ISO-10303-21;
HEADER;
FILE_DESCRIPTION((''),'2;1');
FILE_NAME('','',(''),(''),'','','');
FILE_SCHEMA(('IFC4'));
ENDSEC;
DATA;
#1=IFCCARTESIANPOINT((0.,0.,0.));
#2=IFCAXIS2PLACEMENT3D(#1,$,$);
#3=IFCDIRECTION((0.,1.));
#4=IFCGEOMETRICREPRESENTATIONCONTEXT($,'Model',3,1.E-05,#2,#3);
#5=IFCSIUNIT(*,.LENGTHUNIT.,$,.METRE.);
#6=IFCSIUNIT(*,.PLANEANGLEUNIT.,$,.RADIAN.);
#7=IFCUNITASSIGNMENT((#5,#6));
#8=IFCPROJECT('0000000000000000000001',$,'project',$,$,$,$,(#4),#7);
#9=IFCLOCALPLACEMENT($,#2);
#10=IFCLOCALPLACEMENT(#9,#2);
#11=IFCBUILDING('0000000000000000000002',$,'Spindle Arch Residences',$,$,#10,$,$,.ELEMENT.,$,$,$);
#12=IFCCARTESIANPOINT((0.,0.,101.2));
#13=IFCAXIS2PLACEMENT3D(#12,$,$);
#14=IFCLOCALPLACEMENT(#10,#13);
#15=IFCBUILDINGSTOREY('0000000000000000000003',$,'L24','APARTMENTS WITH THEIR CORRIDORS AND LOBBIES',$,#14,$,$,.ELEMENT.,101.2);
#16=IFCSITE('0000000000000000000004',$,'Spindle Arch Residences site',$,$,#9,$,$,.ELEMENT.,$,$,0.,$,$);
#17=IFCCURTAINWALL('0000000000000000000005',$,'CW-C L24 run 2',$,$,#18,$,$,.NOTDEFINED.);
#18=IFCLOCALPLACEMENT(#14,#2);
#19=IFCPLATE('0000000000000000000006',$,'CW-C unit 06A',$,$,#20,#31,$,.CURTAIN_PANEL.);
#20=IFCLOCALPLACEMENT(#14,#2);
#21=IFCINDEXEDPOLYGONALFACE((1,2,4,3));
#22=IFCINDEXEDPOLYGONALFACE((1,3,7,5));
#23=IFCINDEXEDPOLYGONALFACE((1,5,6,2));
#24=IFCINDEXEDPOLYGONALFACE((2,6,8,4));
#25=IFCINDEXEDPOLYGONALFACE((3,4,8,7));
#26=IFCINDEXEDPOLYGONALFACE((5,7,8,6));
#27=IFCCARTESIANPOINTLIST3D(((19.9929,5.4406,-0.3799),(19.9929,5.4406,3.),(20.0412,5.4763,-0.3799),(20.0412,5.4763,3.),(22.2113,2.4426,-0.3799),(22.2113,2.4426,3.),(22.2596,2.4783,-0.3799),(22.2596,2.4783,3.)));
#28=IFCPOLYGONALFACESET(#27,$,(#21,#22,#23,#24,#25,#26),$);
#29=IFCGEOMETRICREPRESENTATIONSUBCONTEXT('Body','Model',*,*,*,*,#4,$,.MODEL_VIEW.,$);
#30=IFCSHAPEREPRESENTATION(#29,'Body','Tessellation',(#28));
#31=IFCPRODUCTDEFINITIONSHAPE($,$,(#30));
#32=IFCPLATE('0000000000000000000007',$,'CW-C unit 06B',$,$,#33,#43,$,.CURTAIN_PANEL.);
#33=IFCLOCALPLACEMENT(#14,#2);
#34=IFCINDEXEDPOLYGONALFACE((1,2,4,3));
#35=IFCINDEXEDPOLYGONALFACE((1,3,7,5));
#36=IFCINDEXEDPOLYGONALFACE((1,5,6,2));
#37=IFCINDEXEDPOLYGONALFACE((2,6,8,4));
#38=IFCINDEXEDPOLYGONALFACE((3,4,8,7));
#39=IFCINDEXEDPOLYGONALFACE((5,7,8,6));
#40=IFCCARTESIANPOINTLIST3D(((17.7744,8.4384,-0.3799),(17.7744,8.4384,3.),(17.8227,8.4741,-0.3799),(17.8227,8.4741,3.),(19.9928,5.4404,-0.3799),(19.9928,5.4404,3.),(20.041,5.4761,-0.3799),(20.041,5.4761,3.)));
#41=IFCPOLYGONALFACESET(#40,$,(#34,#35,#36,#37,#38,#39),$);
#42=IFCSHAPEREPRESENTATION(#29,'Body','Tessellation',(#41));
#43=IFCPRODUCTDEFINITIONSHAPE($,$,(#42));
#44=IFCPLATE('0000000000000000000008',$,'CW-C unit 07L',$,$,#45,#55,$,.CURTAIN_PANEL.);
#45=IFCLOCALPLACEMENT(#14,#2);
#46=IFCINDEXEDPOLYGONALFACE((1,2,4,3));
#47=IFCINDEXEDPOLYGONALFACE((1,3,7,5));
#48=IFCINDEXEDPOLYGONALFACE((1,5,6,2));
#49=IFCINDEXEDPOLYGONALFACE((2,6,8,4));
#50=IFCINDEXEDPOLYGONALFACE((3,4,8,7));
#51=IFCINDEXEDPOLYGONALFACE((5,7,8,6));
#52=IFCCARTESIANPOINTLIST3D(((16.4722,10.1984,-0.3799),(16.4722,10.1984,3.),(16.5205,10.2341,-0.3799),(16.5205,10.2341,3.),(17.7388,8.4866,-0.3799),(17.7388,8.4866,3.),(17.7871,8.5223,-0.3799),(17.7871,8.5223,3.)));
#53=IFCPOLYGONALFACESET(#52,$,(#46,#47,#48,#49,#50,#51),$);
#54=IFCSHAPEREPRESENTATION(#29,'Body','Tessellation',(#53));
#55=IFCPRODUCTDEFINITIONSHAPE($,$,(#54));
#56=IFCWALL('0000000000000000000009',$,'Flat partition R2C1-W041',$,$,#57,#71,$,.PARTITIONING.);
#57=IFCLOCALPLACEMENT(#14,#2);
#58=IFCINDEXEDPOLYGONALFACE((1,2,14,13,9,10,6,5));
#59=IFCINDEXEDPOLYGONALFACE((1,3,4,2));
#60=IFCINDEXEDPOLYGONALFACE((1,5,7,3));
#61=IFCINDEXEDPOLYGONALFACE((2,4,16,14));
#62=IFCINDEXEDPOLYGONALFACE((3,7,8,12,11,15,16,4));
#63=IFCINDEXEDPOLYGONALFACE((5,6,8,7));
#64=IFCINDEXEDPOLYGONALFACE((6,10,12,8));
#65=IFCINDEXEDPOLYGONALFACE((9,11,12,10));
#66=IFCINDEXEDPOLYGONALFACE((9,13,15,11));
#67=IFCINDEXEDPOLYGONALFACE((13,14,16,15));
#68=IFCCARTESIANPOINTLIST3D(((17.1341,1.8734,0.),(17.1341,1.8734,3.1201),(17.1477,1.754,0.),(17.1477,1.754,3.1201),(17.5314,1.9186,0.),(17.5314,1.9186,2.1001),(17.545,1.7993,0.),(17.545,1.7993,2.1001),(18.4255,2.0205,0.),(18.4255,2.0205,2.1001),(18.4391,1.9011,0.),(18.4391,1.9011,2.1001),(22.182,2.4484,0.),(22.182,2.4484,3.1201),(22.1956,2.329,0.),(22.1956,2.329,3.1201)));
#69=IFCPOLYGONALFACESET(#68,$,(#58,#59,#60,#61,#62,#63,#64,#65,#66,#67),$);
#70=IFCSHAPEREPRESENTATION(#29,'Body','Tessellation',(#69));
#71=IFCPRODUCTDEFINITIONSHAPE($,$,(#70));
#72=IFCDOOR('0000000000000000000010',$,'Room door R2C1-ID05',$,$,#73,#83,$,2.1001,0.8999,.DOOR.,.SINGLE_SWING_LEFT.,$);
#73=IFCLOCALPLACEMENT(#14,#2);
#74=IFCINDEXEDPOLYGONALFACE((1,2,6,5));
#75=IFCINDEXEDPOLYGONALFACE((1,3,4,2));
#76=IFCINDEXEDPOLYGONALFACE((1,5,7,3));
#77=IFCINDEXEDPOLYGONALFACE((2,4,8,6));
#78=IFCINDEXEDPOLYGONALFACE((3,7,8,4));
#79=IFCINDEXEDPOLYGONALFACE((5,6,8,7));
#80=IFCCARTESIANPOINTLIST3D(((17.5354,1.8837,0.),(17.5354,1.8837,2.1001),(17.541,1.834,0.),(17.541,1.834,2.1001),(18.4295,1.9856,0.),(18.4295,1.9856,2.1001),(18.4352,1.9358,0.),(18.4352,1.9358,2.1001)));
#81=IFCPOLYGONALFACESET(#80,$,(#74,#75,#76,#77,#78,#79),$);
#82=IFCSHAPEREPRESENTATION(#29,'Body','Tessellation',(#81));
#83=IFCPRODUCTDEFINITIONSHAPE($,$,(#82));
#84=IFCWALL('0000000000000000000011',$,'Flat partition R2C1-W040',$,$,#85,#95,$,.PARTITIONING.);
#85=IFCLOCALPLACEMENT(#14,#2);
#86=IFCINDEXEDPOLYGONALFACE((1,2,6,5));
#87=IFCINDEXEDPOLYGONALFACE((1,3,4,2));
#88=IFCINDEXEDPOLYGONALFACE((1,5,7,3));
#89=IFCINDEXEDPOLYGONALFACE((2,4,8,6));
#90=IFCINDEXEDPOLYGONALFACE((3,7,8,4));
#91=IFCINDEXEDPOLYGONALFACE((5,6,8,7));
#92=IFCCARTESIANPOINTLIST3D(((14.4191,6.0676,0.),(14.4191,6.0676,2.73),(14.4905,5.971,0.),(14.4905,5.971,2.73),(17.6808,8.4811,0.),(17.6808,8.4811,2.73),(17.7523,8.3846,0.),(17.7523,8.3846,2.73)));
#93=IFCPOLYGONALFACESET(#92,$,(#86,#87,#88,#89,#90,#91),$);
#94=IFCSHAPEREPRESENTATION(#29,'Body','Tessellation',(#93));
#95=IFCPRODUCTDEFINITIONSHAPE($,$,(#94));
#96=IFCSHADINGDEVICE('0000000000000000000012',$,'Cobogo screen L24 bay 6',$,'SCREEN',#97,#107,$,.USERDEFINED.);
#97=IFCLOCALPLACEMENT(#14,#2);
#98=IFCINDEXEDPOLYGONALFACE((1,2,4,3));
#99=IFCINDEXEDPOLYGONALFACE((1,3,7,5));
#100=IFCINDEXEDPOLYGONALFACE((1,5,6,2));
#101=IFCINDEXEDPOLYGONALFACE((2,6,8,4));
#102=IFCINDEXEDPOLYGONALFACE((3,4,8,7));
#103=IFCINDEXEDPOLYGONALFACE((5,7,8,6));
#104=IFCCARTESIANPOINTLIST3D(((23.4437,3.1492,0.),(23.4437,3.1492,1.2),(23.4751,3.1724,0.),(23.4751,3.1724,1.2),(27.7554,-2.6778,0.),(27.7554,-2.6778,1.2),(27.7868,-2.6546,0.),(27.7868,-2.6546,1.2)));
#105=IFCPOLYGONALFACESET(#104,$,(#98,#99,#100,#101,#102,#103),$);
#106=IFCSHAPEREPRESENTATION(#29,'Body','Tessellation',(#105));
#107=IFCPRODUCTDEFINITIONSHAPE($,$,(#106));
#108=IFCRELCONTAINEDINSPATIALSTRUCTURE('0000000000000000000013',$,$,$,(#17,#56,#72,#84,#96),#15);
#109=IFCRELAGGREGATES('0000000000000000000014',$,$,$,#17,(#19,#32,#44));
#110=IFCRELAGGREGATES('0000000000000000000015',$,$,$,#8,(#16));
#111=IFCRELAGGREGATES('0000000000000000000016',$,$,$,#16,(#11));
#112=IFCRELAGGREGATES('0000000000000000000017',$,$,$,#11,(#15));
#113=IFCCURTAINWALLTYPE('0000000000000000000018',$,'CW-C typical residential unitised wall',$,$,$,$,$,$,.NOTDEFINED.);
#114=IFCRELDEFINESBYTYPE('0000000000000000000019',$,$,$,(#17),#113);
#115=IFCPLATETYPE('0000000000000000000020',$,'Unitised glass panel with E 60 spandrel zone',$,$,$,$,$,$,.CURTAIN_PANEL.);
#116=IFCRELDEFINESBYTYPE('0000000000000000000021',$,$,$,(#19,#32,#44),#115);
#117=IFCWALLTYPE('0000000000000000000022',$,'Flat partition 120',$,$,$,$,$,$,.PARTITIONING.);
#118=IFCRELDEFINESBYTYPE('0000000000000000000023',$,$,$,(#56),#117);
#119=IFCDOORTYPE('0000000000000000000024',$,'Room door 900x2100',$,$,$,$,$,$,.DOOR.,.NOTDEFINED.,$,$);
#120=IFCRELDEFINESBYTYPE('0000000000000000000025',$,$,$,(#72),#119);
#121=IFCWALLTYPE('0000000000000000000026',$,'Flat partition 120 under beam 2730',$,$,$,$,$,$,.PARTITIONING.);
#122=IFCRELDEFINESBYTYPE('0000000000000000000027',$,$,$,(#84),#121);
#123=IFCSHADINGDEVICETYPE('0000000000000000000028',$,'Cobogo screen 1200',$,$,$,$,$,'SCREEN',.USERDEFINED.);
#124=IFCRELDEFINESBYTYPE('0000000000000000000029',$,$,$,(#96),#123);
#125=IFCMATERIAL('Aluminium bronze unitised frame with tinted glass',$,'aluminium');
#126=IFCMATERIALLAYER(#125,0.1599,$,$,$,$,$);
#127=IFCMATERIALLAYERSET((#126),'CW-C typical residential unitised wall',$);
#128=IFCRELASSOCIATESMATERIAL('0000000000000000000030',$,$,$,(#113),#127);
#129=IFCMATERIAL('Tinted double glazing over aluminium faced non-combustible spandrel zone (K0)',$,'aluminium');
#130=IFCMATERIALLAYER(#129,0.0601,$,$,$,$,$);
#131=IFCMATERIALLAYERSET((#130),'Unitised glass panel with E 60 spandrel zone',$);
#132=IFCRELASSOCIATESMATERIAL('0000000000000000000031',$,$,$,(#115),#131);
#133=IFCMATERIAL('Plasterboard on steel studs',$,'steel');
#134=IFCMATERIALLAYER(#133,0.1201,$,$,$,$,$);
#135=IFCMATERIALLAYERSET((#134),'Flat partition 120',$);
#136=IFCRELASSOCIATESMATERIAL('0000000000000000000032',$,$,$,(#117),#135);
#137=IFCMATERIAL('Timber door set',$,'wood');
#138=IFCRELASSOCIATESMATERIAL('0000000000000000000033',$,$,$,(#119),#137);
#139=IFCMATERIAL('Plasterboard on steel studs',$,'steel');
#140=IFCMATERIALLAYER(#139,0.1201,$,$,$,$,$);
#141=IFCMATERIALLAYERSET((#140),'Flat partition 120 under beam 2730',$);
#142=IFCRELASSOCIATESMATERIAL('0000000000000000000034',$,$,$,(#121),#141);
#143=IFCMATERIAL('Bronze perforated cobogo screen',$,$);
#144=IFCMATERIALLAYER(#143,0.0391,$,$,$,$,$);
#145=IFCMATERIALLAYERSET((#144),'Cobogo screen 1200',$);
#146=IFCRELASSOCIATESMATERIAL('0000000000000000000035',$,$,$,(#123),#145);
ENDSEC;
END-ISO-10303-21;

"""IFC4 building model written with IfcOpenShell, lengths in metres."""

from ifc_helpers import new_model, si_unit, direction, frame, frame_2d, origin, origin_2d, place, context, subcontext, project, spatial, rectangle, extrude, material, layer, layer_set, type_object, element, fill, aggregate, save


model = new_model("IFC4")

# Units and contexts
model_context = context("Model", 3, precision=1e-05, world=origin(), true_north=direction((0.0, 1.0)))
body_context = subcontext(model_context, "Body", "Model", "MODEL_VIEW")
ifc_project = project(units=[si_unit("LENGTHUNIT", "METRE"), si_unit("PLANEANGLEUNIT", "RADIAN")], contexts=[model_context])

# Site, building, storey
site_placement = place(None, origin())
site = spatial("IfcSite", under=ifc_project, at=site_placement, Name="Spindle Arch Residences site", CompositionType="ELEMENT", RefElevation=0.0)
building_placement = place(site_placement, origin())
building = spatial("IfcBuilding", under=site, at=building_placement, Name="Spindle Arch Residences", CompositionType="ELEMENT")
storey_placement = place(building_placement, frame((0.0, 0.0, 101.2)))
storey = spatial("IfcBuildingStorey", under=building, at=storey_placement, Name="L24", Description="APARTMENTS WITH THEIR CORRIDORS AND LOBBIES", CompositionType="ELEMENT", Elevation=101.2)

# Curtain wall
ifc_material_1 = material(Name="Aluminium bronze unitised frame with tinted glass", Category="aluminium")
ifc_layer_1 = layer(ifc_material_1, 0.1599)
ifc_layer_set_1 = layer_set([ifc_layer_1], Name="CW-C typical residential unitised wall")
curtain_wall_type = type_object("IfcCurtainWallType", Name="CW-C typical residential unitised wall", PredefinedType="NOTDEFINED", material=ifc_layer_set_1)
curtain_wall_placement = place(storey_placement, origin())
curtain_wall = element("IfcCurtainWall", 1, at=curtain_wall_placement, inside=storey, type_object=curtain_wall_type, Name="CW-C L24 run 2", PredefinedType="NOTDEFINED")

# Plates
ifc_material_2 = material(Name="Tinted double glazing over aluminium faced non-combustible spandrel zone (K0)", Category="aluminium")
ifc_layer_2 = layer(ifc_material_2, 0.0601)
ifc_layer_set_2 = layer_set([ifc_layer_2], Name="Unitised glass panel with E 60 spandrel zone")
plate_type = type_object("IfcPlateType", Name="Unitised glass panel with E 60 spandrel zone", PredefinedType="CURTAIN_PANEL", material=ifc_layer_set_2)
plate_1_placement = place(storey_placement, frame((21.1262, 3.9595, -0.3799), z_axis=(0.0, 0.0, 1.0), x_axis=(-0.594823, 0.803857, 0.0)))
plate_1 = element("IfcPlate", 2, at=plate_1_placement, type_object=plate_type, Name="CW-C unit 06A", PredefinedType="CURTAIN_PANEL", context=body_context, shape_type="SweptSolid", body=[
    extrude(rectangle(XDim=3.7295, YDim=0.0601, at=origin_2d()), origin(), (0.0, 0.0, 1.0), 3.3799),
])
plate_2_placement = place(storey_placement, frame((18.9077, 6.9573, -0.3799), z_axis=(0.0, 0.0, 1.0), x_axis=(-0.594823, 0.803857, 0.0)))
plate_2 = element("IfcPlate", 3, at=plate_2_placement, type_object=plate_type, Name="CW-C unit 06B", PredefinedType="CURTAIN_PANEL", context=body_context, shape_type="SweptSolid", body=[
    extrude(rectangle(XDim=3.7295, YDim=0.0601, at=origin_2d()), origin(), (0.0, 0.0, 1.0), 3.3799),
])
plate_3_placement = place(storey_placement, frame((17.1296, 9.3604, -0.3799), z_axis=(0.0, 0.0, 1.0), x_axis=(-0.594823, 0.803857, 0.0)))
plate_3 = element("IfcPlate", 4, at=plate_3_placement, type_object=plate_type, Name="CW-C unit 07L", PredefinedType="CURTAIN_PANEL", context=body_context, shape_type="SweptSolid", body=[
    extrude(rectangle(XDim=2.1294, YDim=0.0601, at=origin_2d()), origin(), (0.0, 0.0, 1.0), 3.3799),
])
aggregate(curtain_wall, [plate_1, plate_2, plate_3])

# Wall, opening, door
ifc_material_3 = material(Name="Plasterboard on steel studs", Category="steel")
ifc_layer_3 = layer(ifc_material_3, 0.1201)
ifc_layer_set_3 = layer_set([ifc_layer_3], Name="Flat partition 120")
wall_type_1 = type_object("IfcWallType", Name="Flat partition 120", PredefinedType="PARTITIONING", material=ifc_layer_set_3)
wall_1_placement = place(storey_placement, frame((17.1409, 1.8137, 0.0), z_axis=(0.0, 0.0, 1.0), x_axis=(0.993576, 0.113168, 0.0)))
wall_1 = element("IfcWall", 5, at=wall_1_placement, inside=storey, type_object=wall_type_1, Name="Flat partition R2C1-W041", PredefinedType="PARTITIONING", context=body_context, shape_type="SweptSolid", body=[
    extrude(rectangle(XDim=5.0806, YDim=0.1201, at=frame_2d((2.5403, 0.0))), origin(), (0.0, 0.0, 1.0), 3.1201),
])
opening_placement = place(wall_1_placement, frame((0.3999, 0.0, 0.0)))
opening = element("IfcOpeningElement", 6, at=opening_placement, cuts=wall_1, PredefinedType="OPENING", context=body_context, shape_type="SweptSolid", body=[
    extrude(rectangle(XDim=0.8999, YDim=2.1001, at=frame_2d((0.45, 1.05))), frame((0.0, 0.0701, 0.0), z_axis=(0.0, -1.0, 0.0), x_axis=(1.0, 0.0, 0.0)), (0.0, 0.0, 1.0), 0.1401),
])
ifc_material_4 = material(Name="Timber door set", Category="wood")
door_type = type_object("IfcDoorType", Name="Room door 900x2100", OperationType="NOTDEFINED", PredefinedType="DOOR", material=ifc_material_4)
door_placement = place(opening_placement, origin())
door = element("IfcDoor", 7, at=door_placement, inside=storey, type_object=door_type, Name="Room door R2C1-ID05", OperationType="SINGLE_SWING_LEFT", OverallHeight=2.1001, OverallWidth=0.8999, PredefinedType="DOOR", context=body_context, shape_type="SweptSolid", body=[
    extrude(rectangle(XDim=0.8999, YDim=2.1001, at=frame_2d((0.45, 1.05))), frame((0.0, 0.0249, 0.0), z_axis=(0.0, -1.0, 0.0), x_axis=(1.0, 0.0, 0.0)), (0.0, 0.0, 1.0), 0.05),
])
fill(opening, door)

# Wall
ifc_material_5 = material(Name="Plasterboard on steel studs", Category="steel")
ifc_layer_4 = layer(ifc_material_5, 0.1201)
ifc_layer_set_4 = layer_set([ifc_layer_4], Name="Flat partition 120 under beam 2730")
wall_type_2 = type_object("IfcWallType", Name="Flat partition 120 under beam 2730", PredefinedType="PARTITIONING", material=ifc_layer_set_4)
wall_2_placement = place(storey_placement, frame((17.7166, 8.4329, 0.0), z_axis=(0.0, 0.0, 1.0), x_axis=(-0.803853, -0.594827, 0.0)))
element("IfcWall", 8, at=wall_2_placement, inside=storey, type_object=wall_type_2, Name="Flat partition R2C1-W040", PredefinedType="PARTITIONING", context=body_context, shape_type="SweptSolid", body=[
    extrude(rectangle(XDim=4.0576, YDim=0.1201, at=frame_2d((2.0288, 0.0))), origin(), (0.0, 0.0, 1.0), 2.73),
])

# Shading device
ifc_material_6 = material(Name="Bronze perforated cobogo screen")
ifc_layer_5 = layer(ifc_material_6, 0.0391)
ifc_layer_set_5 = layer_set([ifc_layer_5], Name="Cobogo screen 1200")
shading_device_type = type_object("IfcShadingDeviceType", Name="Cobogo screen 1200", ElementType="SCREEN", PredefinedType="USERDEFINED", material=ifc_layer_set_5)
shading_device_placement = place(storey_placement, frame((25.6152, 0.2473, 0.0), z_axis=(0.0, 0.0, 1.0), x_axis=(-0.594823, 0.803857, 0.0)))
element("IfcShadingDevice", 9, at=shading_device_placement, inside=storey, type_object=shading_device_type, Name="Cobogo screen L24 bay 6", ObjectType="SCREEN", PredefinedType="USERDEFINED", context=body_context, shape_type="SweptSolid", body=[
    extrude(rectangle(XDim=7.2488, YDim=0.0391, at=origin_2d()), origin(), (0.0, 0.0, 1.0), 1.2),
])

save(model, "model.ifc")
